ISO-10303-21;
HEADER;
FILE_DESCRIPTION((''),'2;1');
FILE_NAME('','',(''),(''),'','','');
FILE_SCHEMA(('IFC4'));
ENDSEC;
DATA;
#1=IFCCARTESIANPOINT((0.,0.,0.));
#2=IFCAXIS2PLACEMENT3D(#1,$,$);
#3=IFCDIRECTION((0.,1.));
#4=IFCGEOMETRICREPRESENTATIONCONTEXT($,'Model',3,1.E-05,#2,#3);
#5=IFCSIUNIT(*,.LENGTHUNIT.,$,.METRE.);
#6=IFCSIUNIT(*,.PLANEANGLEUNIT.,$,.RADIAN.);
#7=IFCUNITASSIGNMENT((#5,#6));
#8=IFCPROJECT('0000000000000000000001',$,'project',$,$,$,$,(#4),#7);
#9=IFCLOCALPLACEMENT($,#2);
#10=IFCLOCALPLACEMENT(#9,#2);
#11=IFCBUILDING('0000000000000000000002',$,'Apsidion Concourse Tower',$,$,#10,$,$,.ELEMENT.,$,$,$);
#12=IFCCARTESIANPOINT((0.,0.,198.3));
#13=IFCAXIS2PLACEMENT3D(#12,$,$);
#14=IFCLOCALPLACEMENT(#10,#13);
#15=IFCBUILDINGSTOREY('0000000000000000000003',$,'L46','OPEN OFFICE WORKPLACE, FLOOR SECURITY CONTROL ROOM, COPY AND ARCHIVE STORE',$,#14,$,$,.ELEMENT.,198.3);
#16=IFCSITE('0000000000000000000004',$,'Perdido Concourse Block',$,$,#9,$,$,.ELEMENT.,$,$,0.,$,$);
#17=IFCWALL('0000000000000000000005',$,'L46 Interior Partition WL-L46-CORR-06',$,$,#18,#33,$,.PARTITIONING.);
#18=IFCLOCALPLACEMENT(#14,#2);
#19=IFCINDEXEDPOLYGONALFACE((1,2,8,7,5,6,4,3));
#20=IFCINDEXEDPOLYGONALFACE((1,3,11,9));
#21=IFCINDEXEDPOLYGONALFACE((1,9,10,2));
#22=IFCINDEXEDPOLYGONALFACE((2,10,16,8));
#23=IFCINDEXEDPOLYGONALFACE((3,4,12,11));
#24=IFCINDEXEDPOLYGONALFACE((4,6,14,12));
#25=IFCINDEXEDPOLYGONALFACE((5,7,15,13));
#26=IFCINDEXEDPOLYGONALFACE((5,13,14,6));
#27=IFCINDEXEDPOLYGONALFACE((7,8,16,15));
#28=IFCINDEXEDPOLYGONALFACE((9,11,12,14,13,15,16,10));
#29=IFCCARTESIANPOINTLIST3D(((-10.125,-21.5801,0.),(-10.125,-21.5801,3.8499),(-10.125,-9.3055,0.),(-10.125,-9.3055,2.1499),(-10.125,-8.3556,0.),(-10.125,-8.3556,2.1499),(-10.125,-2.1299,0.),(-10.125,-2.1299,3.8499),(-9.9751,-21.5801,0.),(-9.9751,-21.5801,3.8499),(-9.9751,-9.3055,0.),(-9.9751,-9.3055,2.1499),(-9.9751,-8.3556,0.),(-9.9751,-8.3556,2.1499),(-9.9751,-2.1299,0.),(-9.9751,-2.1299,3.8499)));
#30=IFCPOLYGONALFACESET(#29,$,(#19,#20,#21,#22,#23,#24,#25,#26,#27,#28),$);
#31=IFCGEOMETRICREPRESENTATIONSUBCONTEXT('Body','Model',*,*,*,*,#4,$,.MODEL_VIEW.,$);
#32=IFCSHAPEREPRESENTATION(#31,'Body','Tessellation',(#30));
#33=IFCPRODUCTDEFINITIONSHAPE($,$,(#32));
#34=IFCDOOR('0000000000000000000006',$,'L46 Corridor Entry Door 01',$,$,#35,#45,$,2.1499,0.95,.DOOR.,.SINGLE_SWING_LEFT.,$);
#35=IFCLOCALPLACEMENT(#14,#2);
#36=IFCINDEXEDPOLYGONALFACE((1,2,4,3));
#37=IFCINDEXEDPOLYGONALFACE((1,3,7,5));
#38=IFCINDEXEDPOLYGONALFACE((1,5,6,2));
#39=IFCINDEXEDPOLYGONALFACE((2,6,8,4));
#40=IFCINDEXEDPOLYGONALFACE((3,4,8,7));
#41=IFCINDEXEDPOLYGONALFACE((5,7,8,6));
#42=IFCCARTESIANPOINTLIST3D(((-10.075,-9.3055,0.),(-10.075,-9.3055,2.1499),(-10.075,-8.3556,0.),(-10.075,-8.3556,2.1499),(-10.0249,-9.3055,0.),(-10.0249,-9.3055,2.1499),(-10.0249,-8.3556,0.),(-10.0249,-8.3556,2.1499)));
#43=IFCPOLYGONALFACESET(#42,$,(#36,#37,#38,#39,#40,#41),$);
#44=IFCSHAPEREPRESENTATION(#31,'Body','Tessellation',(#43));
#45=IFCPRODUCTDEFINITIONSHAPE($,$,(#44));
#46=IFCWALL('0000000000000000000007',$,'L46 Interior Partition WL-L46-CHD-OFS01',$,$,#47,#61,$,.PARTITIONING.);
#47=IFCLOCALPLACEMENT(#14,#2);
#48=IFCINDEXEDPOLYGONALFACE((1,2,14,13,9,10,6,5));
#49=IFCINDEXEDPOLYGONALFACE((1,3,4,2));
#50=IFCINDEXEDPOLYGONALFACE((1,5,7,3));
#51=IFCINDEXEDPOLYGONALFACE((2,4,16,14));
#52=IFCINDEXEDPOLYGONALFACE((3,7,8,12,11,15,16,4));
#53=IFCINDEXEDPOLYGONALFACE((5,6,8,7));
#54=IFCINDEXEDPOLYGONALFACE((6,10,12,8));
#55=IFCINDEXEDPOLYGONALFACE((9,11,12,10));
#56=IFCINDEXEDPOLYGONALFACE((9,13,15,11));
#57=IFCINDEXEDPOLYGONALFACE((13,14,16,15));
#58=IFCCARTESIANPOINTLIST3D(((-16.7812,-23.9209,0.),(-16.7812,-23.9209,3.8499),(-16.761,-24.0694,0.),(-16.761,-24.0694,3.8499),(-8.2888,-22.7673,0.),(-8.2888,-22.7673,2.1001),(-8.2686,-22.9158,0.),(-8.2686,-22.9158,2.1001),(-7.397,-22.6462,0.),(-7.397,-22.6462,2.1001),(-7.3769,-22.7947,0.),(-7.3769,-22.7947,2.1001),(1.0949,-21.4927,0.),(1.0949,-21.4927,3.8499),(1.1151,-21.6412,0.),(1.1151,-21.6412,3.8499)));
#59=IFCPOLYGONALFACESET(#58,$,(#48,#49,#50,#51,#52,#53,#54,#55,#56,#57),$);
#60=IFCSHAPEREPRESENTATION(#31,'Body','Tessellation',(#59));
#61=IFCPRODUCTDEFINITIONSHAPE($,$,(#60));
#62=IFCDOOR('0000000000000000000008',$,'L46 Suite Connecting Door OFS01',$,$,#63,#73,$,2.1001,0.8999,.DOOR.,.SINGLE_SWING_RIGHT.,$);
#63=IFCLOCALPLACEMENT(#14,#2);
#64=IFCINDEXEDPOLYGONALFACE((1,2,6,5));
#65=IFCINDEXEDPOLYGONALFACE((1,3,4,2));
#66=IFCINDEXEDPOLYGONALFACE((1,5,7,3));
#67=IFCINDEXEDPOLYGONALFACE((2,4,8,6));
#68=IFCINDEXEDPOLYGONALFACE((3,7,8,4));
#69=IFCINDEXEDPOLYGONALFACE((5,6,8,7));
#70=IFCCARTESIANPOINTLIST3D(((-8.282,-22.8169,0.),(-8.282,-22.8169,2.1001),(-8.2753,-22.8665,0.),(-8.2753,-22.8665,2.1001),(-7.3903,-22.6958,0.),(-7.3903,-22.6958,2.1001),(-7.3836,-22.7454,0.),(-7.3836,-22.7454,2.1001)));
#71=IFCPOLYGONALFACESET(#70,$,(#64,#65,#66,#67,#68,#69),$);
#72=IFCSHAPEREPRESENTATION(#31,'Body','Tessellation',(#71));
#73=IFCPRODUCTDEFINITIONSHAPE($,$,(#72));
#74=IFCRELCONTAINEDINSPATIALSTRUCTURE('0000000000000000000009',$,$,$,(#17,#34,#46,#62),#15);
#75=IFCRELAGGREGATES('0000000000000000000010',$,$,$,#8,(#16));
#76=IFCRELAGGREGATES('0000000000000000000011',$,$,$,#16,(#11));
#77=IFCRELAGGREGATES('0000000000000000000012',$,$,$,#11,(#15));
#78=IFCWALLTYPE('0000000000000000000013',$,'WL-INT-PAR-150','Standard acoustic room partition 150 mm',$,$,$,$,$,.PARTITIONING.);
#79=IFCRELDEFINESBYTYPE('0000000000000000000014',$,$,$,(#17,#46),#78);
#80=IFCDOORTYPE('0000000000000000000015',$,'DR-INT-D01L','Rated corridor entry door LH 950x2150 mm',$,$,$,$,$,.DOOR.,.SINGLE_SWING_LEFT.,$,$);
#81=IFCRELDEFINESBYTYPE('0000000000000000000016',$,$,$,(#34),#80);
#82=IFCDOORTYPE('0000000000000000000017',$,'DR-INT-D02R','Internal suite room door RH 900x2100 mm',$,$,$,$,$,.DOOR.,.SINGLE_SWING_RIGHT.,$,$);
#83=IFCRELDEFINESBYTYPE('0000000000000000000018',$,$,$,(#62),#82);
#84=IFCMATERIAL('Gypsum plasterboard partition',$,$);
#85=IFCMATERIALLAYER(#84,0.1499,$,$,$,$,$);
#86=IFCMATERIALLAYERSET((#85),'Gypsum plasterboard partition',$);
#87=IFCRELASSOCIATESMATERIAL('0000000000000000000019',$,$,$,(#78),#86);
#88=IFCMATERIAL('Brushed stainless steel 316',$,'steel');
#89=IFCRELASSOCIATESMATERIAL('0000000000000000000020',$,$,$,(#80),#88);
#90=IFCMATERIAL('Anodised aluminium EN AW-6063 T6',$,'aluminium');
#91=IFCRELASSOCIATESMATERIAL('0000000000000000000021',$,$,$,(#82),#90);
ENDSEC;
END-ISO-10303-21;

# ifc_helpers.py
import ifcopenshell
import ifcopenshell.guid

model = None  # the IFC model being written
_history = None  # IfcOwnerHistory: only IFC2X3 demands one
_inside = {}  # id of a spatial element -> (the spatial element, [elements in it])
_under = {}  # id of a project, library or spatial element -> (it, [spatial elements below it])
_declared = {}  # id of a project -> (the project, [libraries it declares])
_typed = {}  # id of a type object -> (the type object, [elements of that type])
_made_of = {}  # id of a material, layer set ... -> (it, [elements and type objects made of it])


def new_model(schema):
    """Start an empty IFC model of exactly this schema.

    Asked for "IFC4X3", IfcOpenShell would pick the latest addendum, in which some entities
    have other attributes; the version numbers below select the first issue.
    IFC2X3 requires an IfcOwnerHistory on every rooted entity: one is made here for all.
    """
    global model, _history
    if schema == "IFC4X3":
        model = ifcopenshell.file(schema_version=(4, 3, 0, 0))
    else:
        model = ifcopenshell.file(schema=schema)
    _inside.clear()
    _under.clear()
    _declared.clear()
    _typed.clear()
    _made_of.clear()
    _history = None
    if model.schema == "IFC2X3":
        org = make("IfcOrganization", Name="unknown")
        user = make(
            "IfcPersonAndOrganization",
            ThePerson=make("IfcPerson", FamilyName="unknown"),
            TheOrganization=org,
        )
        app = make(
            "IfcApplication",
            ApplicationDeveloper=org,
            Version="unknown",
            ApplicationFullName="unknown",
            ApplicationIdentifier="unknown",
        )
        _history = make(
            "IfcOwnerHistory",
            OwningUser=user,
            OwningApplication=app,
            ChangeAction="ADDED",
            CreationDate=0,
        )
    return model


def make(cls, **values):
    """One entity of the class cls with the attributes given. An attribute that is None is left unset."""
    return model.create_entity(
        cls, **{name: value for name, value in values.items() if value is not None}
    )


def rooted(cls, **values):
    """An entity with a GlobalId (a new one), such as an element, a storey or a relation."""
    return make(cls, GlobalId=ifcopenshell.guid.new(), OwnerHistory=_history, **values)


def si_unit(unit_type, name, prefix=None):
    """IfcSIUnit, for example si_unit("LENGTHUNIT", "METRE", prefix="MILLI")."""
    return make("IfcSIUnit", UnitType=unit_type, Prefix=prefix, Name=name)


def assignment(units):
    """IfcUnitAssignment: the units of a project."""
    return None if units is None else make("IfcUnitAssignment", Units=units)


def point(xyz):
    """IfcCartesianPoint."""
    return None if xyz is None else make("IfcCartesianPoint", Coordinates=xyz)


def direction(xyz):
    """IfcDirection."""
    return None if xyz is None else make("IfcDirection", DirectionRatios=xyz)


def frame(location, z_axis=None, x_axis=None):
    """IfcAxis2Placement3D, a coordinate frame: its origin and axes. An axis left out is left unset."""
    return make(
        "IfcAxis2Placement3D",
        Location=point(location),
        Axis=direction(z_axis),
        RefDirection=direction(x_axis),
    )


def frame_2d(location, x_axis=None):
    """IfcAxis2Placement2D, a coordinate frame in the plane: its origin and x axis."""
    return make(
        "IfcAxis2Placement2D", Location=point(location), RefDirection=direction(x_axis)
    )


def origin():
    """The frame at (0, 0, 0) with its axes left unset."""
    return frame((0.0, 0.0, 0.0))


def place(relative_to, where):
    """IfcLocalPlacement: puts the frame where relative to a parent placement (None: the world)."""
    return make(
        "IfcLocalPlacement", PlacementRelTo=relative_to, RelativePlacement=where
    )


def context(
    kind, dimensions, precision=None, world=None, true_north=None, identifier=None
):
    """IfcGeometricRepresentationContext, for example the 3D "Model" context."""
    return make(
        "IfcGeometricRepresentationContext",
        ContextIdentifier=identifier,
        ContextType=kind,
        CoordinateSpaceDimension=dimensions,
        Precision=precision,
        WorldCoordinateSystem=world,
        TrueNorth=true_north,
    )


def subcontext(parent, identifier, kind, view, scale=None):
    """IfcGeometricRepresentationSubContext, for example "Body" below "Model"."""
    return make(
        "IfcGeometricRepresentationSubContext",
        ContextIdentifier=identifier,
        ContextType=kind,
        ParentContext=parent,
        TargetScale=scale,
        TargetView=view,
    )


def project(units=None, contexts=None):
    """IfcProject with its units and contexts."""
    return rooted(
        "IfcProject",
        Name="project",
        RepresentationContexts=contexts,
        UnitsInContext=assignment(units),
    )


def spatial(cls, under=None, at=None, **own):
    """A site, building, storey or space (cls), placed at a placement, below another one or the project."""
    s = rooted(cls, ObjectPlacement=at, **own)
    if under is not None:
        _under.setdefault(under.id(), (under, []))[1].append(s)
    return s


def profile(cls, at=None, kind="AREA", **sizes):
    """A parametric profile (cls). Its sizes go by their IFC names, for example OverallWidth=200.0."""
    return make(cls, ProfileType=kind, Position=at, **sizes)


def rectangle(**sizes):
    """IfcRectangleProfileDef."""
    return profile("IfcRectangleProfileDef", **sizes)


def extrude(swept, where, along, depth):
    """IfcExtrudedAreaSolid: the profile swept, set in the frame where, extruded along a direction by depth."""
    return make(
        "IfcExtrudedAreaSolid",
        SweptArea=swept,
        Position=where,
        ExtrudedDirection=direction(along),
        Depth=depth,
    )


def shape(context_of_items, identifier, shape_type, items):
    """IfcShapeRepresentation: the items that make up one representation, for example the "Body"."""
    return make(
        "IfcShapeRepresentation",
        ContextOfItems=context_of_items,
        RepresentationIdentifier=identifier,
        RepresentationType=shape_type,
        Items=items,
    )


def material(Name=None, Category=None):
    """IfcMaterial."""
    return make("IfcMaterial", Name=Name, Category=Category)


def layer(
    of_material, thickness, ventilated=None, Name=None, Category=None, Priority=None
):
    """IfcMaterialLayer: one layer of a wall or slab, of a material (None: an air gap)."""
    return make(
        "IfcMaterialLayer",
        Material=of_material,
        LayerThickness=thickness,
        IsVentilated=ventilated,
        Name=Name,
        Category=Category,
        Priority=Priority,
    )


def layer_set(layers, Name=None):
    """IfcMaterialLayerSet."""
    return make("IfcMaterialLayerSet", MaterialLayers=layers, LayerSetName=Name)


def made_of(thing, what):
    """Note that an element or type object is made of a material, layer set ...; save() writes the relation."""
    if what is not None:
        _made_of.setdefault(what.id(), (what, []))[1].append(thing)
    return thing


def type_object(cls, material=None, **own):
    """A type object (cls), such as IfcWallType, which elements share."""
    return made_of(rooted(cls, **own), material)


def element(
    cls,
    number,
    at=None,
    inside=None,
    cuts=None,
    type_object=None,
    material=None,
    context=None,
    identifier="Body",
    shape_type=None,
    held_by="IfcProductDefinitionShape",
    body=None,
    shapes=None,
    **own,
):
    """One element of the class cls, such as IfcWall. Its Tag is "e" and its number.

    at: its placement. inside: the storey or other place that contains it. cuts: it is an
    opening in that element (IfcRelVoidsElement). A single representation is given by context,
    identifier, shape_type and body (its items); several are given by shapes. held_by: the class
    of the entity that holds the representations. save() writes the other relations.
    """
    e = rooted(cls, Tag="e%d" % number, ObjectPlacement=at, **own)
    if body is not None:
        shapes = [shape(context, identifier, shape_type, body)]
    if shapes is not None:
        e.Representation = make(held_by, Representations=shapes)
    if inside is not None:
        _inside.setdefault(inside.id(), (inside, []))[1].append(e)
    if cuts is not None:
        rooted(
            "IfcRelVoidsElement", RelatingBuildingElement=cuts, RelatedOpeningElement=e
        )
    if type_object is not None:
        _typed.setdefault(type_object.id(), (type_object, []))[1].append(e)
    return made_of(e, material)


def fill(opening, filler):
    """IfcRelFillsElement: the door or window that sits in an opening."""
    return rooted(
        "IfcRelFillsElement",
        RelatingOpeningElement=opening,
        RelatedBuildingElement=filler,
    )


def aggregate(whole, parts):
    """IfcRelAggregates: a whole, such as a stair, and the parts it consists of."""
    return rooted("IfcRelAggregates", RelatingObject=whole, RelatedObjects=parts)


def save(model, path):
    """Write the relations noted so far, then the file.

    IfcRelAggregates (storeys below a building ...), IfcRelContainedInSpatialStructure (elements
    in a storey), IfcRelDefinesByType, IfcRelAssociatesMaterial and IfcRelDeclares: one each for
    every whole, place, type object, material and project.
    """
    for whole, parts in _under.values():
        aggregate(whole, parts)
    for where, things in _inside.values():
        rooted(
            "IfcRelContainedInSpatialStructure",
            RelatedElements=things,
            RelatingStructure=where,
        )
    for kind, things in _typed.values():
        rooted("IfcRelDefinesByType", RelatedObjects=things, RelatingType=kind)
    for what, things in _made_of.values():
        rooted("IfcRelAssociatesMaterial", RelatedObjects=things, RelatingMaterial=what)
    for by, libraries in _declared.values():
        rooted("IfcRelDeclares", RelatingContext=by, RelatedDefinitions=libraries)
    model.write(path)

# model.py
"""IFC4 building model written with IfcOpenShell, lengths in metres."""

from ifc_helpers import new_model, si_unit, direction, frame, frame_2d, origin, place, context, subcontext, project, spatial, rectangle, extrude, material, layer, layer_set, type_object, element, fill, save


model = new_model("IFC4")

# Units and contexts
model_context = context("Model", 3, precision=1e-05, world=origin(), true_north=direction((0.0, 1.0)))
body_context = subcontext(model_context, "Body", "Model", "MODEL_VIEW")
ifc_project = project(units=[si_unit("LENGTHUNIT", "METRE"), si_unit("PLANEANGLEUNIT", "RADIAN")], contexts=[model_context])

# Site, building, storey
site_placement = place(None, origin())
site = spatial("IfcSite", under=ifc_project, at=site_placement, Name="Perdido Concourse Block", CompositionType="ELEMENT", RefElevation=0.0)
building_placement = place(site_placement, origin())
building = spatial("IfcBuilding", under=site, at=building_placement, Name="Apsidion Concourse Tower", CompositionType="ELEMENT")
storey_placement = place(building_placement, frame((0.0, 0.0, 198.3)))
storey = spatial("IfcBuildingStorey", under=building, at=storey_placement, Name="L46", Description="OPEN OFFICE WORKPLACE, FLOOR SECURITY CONTROL ROOM, COPY AND ARCHIVE STORE", CompositionType="ELEMENT", Elevation=198.3)

# Shared definitions
ifc_material_1 = material(Name="Anodised aluminium EN AW-6063 T6", Category="aluminium")

# Walls, openings, doors
ifc_material_2 = material(Name="Gypsum plasterboard partition")
ifc_layer_1 = layer(ifc_material_2, 0.1499)
ifc_layer_set_1 = layer_set([ifc_layer_1], Name="Gypsum plasterboard partition")
wall_type_1 = type_object("IfcWallType", Name="WL-INT-PAR-150", Description="Standard acoustic room partition 150 mm", PredefinedType="PARTITIONING", material=ifc_layer_set_1)
wall_1_placement = place(storey_placement, frame((-10.05, -21.5801, 0.0), z_axis=(0.0, 0.0, 1.0), x_axis=(0.0, 1.0, 0.0)))
wall_1 = element("IfcWall", 1, at=wall_1_placement, inside=storey, type_object=wall_type_1, Name="L46 Interior Partition WL-L46-CORR-06", PredefinedType="PARTITIONING", context=body_context, shape_type="SweptSolid", body=[
    extrude(rectangle(XDim=19.4502, YDim=0.1499, at=frame_2d((9.7251, 0.0))), origin(), (0.0, 0.0, 1.0), 3.8499),
])
opening_1_placement = place(wall_1_placement, frame((12.2744, 0.0, 0.0)))
opening_1 = element("IfcOpeningElement", 2, at=opening_1_placement, cuts=wall_1, PredefinedType="OPENING", context=body_context, shape_type="SweptSolid", body=[
    extrude(rectangle(XDim=0.95, YDim=2.1499, at=frame_2d((0.4751, 1.075))), frame((0.0, 0.085, 0.0), z_axis=(0.0, -1.0, 0.0), x_axis=(1.0, 0.0, 0.0)), (0.0, 0.0, 1.0), 0.1699),
])
ifc_material_3 = material(Name="Brushed stainless steel 316", Category="steel")
door_type_1 = type_object("IfcDoorType", Name="DR-INT-D01L", Description="Rated corridor entry door LH 950x2150 mm", OperationType="SINGLE_SWING_LEFT", PredefinedType="DOOR", material=ifc_material_3)
door_1_placement = place(opening_1_placement, origin())
door_1 = element("IfcDoor", 3, at=door_1_placement, inside=storey, type_object=door_type_1, Name="L46 Corridor Entry Door 01", OperationType="SINGLE_SWING_LEFT", OverallHeight=2.1499, OverallWidth=0.95, PredefinedType="DOOR", context=body_context, shape_type="SweptSolid", body=[
    extrude(rectangle(XDim=0.95, YDim=2.1499, at=frame_2d((0.4751, 1.075))), frame((0.0, 0.0249, 0.0), z_axis=(0.0, -1.0, 0.0), x_axis=(1.0, 0.0, 0.0)), (0.0, 0.0, 1.0), 0.05),
])
fill(opening_1, door_1)
wall_2_placement = place(storey_placement, frame((-16.771, -23.9951, 0.0), z_axis=(0.0, 0.0, 1.0), x_axis=(0.9909, 0.134599, 0.0)))
wall_2 = element("IfcWall", 4, at=wall_2_placement, inside=storey, type_object=wall_type_1, Name="L46 Interior Partition WL-L46-CHD-OFS01", PredefinedType="PARTITIONING", context=body_context, shape_type="SweptSolid", body=[
    extrude(rectangle(XDim=18.0403, YDim=0.1499, at=frame_2d((9.02, 0.0))), origin(), (0.0, 0.0, 1.0), 3.8499),
])
opening_2_placement = place(wall_2_placement, frame((8.5703, 0.0, 0.0)))
opening_2 = element("IfcOpeningElement", 5, at=opening_2_placement, cuts=wall_2, PredefinedType="OPENING", context=body_context, shape_type="SweptSolid", body=[
    extrude(rectangle(XDim=0.8999, YDim=2.1001, at=frame_2d((0.45, 1.05))), frame((0.0, 0.085, 0.0), z_axis=(0.0, -1.0, 0.0), x_axis=(1.0, 0.0, 0.0)), (0.0, 0.0, 1.0), 0.1699),
])
door_type_2 = type_object("IfcDoorType", Name="DR-INT-D02R", Description="Internal suite room door RH 900x2100 mm", OperationType="SINGLE_SWING_RIGHT", PredefinedType="DOOR", material=ifc_material_1)
door_2_placement = place(opening_2_placement, origin())
door_2 = element("IfcDoor", 6, at=door_2_placement, inside=storey, type_object=door_type_2, Name="L46 Suite Connecting Door OFS01", OperationType="SINGLE_SWING_RIGHT", OverallHeight=2.1001, OverallWidth=0.8999, PredefinedType="DOOR", context=body_context, shape_type="SweptSolid", body=[
    extrude(rectangle(XDim=0.8999, YDim=2.1001, at=frame_2d((0.45, 1.05))), frame((0.0, 0.0249, 0.0), z_axis=(0.0, -1.0, 0.0), x_axis=(1.0, 0.0, 0.0)), (0.0, 0.0, 1.0), 0.05),
])
fill(opening_2, door_2)

save(model, "model.ifc")
